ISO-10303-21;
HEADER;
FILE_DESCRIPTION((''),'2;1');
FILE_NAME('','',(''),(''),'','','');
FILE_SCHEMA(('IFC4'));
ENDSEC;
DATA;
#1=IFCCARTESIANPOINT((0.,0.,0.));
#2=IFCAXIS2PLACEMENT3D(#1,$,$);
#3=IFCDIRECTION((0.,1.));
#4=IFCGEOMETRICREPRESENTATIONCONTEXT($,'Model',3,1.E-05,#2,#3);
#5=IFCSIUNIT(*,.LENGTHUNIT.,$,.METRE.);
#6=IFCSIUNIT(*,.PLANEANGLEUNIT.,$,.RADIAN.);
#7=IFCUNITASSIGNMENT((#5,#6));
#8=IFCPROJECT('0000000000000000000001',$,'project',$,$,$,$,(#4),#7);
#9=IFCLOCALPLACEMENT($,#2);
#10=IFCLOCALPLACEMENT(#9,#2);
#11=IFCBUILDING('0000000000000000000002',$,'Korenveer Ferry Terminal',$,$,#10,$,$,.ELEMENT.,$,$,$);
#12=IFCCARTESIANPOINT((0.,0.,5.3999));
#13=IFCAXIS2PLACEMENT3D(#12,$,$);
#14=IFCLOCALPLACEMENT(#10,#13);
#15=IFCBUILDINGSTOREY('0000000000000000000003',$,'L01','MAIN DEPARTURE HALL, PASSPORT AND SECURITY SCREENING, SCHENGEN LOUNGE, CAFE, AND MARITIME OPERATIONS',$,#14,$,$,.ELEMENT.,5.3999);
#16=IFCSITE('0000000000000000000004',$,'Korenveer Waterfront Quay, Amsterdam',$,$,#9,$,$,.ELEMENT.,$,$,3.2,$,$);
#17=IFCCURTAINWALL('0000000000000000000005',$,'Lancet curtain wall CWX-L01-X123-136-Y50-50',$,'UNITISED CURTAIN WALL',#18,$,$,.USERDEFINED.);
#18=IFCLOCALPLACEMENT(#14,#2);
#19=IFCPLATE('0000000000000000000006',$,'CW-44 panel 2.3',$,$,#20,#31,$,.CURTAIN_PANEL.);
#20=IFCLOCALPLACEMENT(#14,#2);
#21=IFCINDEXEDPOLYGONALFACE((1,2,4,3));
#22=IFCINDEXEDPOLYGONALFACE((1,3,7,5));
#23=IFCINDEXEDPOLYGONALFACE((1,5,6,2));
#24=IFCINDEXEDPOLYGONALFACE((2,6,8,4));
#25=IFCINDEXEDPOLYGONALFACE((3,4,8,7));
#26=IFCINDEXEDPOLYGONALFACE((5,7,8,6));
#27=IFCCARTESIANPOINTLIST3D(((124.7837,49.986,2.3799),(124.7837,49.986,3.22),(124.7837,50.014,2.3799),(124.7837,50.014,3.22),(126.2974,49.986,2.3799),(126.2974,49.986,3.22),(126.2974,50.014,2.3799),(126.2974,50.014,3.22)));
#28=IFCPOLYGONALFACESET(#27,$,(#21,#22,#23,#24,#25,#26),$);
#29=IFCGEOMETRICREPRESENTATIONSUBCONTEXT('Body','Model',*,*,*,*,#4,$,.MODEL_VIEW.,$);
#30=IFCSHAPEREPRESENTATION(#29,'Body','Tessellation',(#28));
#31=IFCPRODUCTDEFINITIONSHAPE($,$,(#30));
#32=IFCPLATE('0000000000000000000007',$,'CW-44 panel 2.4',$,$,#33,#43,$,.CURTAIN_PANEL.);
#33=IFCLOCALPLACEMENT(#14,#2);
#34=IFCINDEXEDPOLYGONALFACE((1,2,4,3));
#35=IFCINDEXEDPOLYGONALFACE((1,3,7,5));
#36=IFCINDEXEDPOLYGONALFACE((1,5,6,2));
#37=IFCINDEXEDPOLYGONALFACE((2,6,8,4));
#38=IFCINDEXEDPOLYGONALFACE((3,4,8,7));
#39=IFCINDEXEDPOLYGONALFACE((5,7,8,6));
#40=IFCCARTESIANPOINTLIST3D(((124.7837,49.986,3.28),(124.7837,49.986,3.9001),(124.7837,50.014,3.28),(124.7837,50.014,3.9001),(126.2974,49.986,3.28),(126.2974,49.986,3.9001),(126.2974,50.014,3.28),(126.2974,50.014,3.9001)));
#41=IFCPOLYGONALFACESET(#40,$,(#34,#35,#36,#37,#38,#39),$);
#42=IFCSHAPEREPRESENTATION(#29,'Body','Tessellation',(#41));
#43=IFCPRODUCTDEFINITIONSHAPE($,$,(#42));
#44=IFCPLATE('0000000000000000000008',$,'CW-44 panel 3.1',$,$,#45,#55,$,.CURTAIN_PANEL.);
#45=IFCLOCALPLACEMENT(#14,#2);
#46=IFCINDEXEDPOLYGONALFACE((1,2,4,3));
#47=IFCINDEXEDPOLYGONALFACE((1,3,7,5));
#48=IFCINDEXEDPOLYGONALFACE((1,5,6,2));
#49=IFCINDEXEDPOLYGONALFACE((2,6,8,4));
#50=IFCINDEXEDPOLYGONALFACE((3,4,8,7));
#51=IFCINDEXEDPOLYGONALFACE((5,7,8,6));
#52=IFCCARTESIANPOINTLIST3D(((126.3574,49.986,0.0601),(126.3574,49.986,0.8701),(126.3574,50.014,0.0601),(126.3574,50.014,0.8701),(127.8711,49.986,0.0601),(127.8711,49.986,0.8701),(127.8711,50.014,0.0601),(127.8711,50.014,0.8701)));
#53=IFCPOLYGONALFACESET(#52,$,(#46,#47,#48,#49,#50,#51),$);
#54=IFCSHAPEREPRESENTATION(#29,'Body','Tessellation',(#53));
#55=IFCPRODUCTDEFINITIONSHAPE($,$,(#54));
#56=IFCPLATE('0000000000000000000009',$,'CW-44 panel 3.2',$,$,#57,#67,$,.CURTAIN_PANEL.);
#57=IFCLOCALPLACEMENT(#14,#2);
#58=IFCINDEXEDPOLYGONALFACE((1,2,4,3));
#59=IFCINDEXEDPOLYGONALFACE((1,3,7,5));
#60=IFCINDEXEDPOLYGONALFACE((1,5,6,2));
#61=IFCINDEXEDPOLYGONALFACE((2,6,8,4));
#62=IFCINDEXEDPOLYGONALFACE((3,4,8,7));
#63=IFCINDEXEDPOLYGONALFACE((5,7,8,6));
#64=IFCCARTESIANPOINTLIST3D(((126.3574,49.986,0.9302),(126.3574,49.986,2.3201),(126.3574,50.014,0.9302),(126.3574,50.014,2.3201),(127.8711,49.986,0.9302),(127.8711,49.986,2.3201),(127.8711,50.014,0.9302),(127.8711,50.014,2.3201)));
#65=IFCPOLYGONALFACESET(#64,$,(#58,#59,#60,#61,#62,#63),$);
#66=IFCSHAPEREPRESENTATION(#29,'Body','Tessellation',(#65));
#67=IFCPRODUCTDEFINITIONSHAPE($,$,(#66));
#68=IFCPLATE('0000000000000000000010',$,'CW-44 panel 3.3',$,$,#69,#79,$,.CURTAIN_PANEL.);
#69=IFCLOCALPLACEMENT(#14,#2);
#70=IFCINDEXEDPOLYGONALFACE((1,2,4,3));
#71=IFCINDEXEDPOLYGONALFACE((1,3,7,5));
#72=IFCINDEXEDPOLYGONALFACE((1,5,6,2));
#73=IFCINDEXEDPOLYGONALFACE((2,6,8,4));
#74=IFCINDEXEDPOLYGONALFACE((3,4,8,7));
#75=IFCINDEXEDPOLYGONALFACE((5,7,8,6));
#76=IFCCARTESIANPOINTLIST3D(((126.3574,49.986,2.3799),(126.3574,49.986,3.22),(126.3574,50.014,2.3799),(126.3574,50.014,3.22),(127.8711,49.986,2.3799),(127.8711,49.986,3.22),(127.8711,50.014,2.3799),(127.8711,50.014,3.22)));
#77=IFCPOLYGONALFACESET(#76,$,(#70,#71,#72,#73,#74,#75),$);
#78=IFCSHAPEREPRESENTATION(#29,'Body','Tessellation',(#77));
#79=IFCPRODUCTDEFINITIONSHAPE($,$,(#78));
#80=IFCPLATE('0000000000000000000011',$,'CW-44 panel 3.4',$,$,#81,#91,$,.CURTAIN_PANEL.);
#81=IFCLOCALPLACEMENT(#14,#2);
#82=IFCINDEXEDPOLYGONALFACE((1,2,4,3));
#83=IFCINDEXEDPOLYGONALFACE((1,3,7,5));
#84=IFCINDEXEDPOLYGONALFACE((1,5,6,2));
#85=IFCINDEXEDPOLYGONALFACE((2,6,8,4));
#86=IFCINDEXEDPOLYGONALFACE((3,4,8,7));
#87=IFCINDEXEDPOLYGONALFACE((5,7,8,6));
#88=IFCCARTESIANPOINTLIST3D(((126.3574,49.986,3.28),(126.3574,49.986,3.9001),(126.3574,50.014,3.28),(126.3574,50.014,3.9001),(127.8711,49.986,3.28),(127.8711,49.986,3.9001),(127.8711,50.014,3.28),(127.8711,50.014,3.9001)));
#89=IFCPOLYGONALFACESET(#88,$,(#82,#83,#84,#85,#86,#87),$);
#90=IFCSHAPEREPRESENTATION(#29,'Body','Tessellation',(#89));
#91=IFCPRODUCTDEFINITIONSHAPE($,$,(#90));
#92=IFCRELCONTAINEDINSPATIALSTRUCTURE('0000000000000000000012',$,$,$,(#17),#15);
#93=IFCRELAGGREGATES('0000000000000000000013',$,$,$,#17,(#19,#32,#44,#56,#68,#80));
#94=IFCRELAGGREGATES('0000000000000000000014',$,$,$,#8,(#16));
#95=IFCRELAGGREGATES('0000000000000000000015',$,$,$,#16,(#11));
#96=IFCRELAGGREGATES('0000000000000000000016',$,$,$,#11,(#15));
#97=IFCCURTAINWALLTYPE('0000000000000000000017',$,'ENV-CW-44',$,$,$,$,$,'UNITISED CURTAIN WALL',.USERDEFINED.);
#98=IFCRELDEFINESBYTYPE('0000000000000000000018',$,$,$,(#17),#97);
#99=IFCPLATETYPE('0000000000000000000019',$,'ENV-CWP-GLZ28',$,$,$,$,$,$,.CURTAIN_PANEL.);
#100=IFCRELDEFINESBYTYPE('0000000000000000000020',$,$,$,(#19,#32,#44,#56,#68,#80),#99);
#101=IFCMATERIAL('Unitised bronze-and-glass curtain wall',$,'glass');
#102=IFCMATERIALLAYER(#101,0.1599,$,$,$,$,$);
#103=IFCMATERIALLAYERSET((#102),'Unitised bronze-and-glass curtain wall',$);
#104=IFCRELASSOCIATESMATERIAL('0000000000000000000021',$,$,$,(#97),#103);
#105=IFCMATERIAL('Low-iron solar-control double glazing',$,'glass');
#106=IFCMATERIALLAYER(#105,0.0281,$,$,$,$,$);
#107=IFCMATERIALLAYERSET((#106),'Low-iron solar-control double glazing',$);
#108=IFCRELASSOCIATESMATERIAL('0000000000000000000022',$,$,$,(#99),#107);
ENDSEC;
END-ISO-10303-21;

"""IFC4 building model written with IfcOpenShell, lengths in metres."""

from ifc_helpers import new_model, si_unit, direction, frame, origin, origin_2d, place, context, subcontext, project, spatial, rectangle, extrude, material, layer, layer_set, type_object, element, aggregate, save


model = new_model("IFC4")

# Units and contexts
model_context = context("Model", 3, precision=1e-05, world=origin(), true_north=direction((0.0, 1.0)))
body_context = subcontext(model_context, "Body", "Model", "MODEL_VIEW")
ifc_project = project(units=[si_unit("LENGTHUNIT", "METRE"), si_unit("PLANEANGLEUNIT", "RADIAN")], contexts=[model_context])

# Site, building, storey
site_placement = place(None, origin())
site = spatial("IfcSite", under=ifc_project, at=site_placement, Name="Korenveer Waterfront Quay, Amsterdam", CompositionType="ELEMENT", RefElevation=3.2)
building_placement = place(site_placement, origin())
building = spatial("IfcBuilding", under=site, at=building_placement, Name="Korenveer Ferry Terminal", CompositionType="ELEMENT")
storey_placement = place(building_placement, frame((0.0, 0.0, 5.3999)))
storey = spatial("IfcBuildingStorey", under=building, at=storey_placement, Name="L01", Description="MAIN DEPARTURE HALL, PASSPORT AND SECURITY SCREENING, SCHENGEN LOUNGE, CAFE, AND MARITIME OPERATIONS", CompositionType="ELEMENT", Elevation=5.3999)

# Curtain wall, plates
ifc_material_1 = material(Name="Unitised bronze-and-glass curtain wall", Category="glass")
ifc_layer_1 = layer(ifc_material_1, 0.1599)
ifc_layer_set_1 = layer_set([ifc_layer_1], Name="Unitised bronze-and-glass curtain wall")
curtain_wall_type = type_object("IfcCurtainWallType", Name="ENV-CW-44", ElementType="UNITISED CURTAIN WALL", PredefinedType="USERDEFINED", material=ifc_layer_set_1)
curtain_wall_placement = place(storey_placement, frame((123.1799, 50.0, 0.0)))
curtain_wall = element("IfcCurtainWall", 1, at=curtain_wall_placement, inside=storey, type_object=curtain_wall_type, Name="Lancet curtain wall CWX-L01-X123-136-Y50-50", ObjectType="UNITISED CURTAIN WALL", PredefinedType="USERDEFINED")
ifc_material_2 = material(Name="Low-iron solar-control double glazing", Category="glass")
ifc_layer_2 = layer(ifc_material_2, 0.0281)
ifc_layer_set_2 = layer_set([ifc_layer_2], Name="Low-iron solar-control double glazing")
plate_type = type_object("IfcPlateType", Name="ENV-CWP-GLZ28", PredefinedType="CURTAIN_PANEL", material=ifc_layer_set_2)
plate_1_placement = place(storey_placement, frame((125.5405, 50.0, 2.3799), z_axis=(0.0, 0.0, 1.0), x_axis=(1.0, 0.0, 0.0)))
plate_1 = element("IfcPlate", 2, at=plate_1_placement, type_object=plate_type, Name="CW-44 panel 2.3", PredefinedType="CURTAIN_PANEL", context=body_context, shape_type="SweptSolid", body=[
    extrude(rectangle(XDim=1.5137, YDim=0.0281, at=origin_2d()), origin(), (0.0, 0.0, 1.0), 0.8401),
])
plate_2_placement = place(storey_placement, frame((125.5405, 50.0, 3.28), z_axis=(0.0, 0.0, 1.0), x_axis=(1.0, 0.0, 0.0)))
plate_2 = element("IfcPlate", 3, at=plate_2_placement, type_object=plate_type, Name="CW-44 panel 2.4", PredefinedType="CURTAIN_PANEL", context=body_context, shape_type="SweptSolid", body=[
    extrude(rectangle(XDim=1.5137, YDim=0.0281, at=origin_2d()), origin(), (0.0, 0.0, 1.0), 0.6201),
])
plate_3_placement = place(storey_placement, frame((127.1143, 50.0, 0.0601), z_axis=(0.0, 0.0, 1.0), x_axis=(1.0, 0.0, 0.0)))
plate_3 = element("IfcPlate", 4, at=plate_3_placement, type_object=plate_type, Name="CW-44 panel 3.1", PredefinedType="CURTAIN_PANEL", context=body_context, shape_type="SweptSolid", body=[
    extrude(rectangle(XDim=1.5137, YDim=0.0281, at=origin_2d()), origin(), (0.0, 0.0, 1.0), 0.8101),
])
plate_4_placement = place(storey_placement, frame((127.1143, 50.0, 0.9302), z_axis=(0.0, 0.0, 1.0), x_axis=(1.0, 0.0, 0.0)))
plate_4 = element("IfcPlate", 5, at=plate_4_placement, type_object=plate_type, Name="CW-44 panel 3.2", PredefinedType="CURTAIN_PANEL", context=body_context, shape_type="SweptSolid", body=[
    extrude(rectangle(XDim=1.5137, YDim=0.0281, at=origin_2d()), origin(), (0.0, 0.0, 1.0), 1.3899),
])
plate_5_placement = place(storey_placement, frame((127.1143, 50.0, 2.3799), z_axis=(0.0, 0.0, 1.0), x_axis=(1.0, 0.0, 0.0)))
plate_5 = element("IfcPlate", 6, at=plate_5_placement, type_object=plate_type, Name="CW-44 panel 3.3", PredefinedType="CURTAIN_PANEL", context=body_context, shape_type="SweptSolid", body=[
    extrude(rectangle(XDim=1.5137, YDim=0.0281, at=origin_2d()), origin(), (0.0, 0.0, 1.0), 0.8401),
])
plate_6_placement = place(storey_placement, frame((127.1143, 50.0, 3.28), z_axis=(0.0, 0.0, 1.0), x_axis=(1.0, 0.0, 0.0)))
plate_6 = element("IfcPlate", 7, at=plate_6_placement, type_object=plate_type, Name="CW-44 panel 3.4", PredefinedType="CURTAIN_PANEL", context=body_context, shape_type="SweptSolid", body=[
    extrude(rectangle(XDim=1.5137, YDim=0.0281, at=origin_2d()), origin(), (0.0, 0.0, 1.0), 0.6201),
])
aggregate(curtain_wall, [plate_1, plate_2, plate_3, plate_4, plate_5, plate_6])

save(model, "model.ifc")
